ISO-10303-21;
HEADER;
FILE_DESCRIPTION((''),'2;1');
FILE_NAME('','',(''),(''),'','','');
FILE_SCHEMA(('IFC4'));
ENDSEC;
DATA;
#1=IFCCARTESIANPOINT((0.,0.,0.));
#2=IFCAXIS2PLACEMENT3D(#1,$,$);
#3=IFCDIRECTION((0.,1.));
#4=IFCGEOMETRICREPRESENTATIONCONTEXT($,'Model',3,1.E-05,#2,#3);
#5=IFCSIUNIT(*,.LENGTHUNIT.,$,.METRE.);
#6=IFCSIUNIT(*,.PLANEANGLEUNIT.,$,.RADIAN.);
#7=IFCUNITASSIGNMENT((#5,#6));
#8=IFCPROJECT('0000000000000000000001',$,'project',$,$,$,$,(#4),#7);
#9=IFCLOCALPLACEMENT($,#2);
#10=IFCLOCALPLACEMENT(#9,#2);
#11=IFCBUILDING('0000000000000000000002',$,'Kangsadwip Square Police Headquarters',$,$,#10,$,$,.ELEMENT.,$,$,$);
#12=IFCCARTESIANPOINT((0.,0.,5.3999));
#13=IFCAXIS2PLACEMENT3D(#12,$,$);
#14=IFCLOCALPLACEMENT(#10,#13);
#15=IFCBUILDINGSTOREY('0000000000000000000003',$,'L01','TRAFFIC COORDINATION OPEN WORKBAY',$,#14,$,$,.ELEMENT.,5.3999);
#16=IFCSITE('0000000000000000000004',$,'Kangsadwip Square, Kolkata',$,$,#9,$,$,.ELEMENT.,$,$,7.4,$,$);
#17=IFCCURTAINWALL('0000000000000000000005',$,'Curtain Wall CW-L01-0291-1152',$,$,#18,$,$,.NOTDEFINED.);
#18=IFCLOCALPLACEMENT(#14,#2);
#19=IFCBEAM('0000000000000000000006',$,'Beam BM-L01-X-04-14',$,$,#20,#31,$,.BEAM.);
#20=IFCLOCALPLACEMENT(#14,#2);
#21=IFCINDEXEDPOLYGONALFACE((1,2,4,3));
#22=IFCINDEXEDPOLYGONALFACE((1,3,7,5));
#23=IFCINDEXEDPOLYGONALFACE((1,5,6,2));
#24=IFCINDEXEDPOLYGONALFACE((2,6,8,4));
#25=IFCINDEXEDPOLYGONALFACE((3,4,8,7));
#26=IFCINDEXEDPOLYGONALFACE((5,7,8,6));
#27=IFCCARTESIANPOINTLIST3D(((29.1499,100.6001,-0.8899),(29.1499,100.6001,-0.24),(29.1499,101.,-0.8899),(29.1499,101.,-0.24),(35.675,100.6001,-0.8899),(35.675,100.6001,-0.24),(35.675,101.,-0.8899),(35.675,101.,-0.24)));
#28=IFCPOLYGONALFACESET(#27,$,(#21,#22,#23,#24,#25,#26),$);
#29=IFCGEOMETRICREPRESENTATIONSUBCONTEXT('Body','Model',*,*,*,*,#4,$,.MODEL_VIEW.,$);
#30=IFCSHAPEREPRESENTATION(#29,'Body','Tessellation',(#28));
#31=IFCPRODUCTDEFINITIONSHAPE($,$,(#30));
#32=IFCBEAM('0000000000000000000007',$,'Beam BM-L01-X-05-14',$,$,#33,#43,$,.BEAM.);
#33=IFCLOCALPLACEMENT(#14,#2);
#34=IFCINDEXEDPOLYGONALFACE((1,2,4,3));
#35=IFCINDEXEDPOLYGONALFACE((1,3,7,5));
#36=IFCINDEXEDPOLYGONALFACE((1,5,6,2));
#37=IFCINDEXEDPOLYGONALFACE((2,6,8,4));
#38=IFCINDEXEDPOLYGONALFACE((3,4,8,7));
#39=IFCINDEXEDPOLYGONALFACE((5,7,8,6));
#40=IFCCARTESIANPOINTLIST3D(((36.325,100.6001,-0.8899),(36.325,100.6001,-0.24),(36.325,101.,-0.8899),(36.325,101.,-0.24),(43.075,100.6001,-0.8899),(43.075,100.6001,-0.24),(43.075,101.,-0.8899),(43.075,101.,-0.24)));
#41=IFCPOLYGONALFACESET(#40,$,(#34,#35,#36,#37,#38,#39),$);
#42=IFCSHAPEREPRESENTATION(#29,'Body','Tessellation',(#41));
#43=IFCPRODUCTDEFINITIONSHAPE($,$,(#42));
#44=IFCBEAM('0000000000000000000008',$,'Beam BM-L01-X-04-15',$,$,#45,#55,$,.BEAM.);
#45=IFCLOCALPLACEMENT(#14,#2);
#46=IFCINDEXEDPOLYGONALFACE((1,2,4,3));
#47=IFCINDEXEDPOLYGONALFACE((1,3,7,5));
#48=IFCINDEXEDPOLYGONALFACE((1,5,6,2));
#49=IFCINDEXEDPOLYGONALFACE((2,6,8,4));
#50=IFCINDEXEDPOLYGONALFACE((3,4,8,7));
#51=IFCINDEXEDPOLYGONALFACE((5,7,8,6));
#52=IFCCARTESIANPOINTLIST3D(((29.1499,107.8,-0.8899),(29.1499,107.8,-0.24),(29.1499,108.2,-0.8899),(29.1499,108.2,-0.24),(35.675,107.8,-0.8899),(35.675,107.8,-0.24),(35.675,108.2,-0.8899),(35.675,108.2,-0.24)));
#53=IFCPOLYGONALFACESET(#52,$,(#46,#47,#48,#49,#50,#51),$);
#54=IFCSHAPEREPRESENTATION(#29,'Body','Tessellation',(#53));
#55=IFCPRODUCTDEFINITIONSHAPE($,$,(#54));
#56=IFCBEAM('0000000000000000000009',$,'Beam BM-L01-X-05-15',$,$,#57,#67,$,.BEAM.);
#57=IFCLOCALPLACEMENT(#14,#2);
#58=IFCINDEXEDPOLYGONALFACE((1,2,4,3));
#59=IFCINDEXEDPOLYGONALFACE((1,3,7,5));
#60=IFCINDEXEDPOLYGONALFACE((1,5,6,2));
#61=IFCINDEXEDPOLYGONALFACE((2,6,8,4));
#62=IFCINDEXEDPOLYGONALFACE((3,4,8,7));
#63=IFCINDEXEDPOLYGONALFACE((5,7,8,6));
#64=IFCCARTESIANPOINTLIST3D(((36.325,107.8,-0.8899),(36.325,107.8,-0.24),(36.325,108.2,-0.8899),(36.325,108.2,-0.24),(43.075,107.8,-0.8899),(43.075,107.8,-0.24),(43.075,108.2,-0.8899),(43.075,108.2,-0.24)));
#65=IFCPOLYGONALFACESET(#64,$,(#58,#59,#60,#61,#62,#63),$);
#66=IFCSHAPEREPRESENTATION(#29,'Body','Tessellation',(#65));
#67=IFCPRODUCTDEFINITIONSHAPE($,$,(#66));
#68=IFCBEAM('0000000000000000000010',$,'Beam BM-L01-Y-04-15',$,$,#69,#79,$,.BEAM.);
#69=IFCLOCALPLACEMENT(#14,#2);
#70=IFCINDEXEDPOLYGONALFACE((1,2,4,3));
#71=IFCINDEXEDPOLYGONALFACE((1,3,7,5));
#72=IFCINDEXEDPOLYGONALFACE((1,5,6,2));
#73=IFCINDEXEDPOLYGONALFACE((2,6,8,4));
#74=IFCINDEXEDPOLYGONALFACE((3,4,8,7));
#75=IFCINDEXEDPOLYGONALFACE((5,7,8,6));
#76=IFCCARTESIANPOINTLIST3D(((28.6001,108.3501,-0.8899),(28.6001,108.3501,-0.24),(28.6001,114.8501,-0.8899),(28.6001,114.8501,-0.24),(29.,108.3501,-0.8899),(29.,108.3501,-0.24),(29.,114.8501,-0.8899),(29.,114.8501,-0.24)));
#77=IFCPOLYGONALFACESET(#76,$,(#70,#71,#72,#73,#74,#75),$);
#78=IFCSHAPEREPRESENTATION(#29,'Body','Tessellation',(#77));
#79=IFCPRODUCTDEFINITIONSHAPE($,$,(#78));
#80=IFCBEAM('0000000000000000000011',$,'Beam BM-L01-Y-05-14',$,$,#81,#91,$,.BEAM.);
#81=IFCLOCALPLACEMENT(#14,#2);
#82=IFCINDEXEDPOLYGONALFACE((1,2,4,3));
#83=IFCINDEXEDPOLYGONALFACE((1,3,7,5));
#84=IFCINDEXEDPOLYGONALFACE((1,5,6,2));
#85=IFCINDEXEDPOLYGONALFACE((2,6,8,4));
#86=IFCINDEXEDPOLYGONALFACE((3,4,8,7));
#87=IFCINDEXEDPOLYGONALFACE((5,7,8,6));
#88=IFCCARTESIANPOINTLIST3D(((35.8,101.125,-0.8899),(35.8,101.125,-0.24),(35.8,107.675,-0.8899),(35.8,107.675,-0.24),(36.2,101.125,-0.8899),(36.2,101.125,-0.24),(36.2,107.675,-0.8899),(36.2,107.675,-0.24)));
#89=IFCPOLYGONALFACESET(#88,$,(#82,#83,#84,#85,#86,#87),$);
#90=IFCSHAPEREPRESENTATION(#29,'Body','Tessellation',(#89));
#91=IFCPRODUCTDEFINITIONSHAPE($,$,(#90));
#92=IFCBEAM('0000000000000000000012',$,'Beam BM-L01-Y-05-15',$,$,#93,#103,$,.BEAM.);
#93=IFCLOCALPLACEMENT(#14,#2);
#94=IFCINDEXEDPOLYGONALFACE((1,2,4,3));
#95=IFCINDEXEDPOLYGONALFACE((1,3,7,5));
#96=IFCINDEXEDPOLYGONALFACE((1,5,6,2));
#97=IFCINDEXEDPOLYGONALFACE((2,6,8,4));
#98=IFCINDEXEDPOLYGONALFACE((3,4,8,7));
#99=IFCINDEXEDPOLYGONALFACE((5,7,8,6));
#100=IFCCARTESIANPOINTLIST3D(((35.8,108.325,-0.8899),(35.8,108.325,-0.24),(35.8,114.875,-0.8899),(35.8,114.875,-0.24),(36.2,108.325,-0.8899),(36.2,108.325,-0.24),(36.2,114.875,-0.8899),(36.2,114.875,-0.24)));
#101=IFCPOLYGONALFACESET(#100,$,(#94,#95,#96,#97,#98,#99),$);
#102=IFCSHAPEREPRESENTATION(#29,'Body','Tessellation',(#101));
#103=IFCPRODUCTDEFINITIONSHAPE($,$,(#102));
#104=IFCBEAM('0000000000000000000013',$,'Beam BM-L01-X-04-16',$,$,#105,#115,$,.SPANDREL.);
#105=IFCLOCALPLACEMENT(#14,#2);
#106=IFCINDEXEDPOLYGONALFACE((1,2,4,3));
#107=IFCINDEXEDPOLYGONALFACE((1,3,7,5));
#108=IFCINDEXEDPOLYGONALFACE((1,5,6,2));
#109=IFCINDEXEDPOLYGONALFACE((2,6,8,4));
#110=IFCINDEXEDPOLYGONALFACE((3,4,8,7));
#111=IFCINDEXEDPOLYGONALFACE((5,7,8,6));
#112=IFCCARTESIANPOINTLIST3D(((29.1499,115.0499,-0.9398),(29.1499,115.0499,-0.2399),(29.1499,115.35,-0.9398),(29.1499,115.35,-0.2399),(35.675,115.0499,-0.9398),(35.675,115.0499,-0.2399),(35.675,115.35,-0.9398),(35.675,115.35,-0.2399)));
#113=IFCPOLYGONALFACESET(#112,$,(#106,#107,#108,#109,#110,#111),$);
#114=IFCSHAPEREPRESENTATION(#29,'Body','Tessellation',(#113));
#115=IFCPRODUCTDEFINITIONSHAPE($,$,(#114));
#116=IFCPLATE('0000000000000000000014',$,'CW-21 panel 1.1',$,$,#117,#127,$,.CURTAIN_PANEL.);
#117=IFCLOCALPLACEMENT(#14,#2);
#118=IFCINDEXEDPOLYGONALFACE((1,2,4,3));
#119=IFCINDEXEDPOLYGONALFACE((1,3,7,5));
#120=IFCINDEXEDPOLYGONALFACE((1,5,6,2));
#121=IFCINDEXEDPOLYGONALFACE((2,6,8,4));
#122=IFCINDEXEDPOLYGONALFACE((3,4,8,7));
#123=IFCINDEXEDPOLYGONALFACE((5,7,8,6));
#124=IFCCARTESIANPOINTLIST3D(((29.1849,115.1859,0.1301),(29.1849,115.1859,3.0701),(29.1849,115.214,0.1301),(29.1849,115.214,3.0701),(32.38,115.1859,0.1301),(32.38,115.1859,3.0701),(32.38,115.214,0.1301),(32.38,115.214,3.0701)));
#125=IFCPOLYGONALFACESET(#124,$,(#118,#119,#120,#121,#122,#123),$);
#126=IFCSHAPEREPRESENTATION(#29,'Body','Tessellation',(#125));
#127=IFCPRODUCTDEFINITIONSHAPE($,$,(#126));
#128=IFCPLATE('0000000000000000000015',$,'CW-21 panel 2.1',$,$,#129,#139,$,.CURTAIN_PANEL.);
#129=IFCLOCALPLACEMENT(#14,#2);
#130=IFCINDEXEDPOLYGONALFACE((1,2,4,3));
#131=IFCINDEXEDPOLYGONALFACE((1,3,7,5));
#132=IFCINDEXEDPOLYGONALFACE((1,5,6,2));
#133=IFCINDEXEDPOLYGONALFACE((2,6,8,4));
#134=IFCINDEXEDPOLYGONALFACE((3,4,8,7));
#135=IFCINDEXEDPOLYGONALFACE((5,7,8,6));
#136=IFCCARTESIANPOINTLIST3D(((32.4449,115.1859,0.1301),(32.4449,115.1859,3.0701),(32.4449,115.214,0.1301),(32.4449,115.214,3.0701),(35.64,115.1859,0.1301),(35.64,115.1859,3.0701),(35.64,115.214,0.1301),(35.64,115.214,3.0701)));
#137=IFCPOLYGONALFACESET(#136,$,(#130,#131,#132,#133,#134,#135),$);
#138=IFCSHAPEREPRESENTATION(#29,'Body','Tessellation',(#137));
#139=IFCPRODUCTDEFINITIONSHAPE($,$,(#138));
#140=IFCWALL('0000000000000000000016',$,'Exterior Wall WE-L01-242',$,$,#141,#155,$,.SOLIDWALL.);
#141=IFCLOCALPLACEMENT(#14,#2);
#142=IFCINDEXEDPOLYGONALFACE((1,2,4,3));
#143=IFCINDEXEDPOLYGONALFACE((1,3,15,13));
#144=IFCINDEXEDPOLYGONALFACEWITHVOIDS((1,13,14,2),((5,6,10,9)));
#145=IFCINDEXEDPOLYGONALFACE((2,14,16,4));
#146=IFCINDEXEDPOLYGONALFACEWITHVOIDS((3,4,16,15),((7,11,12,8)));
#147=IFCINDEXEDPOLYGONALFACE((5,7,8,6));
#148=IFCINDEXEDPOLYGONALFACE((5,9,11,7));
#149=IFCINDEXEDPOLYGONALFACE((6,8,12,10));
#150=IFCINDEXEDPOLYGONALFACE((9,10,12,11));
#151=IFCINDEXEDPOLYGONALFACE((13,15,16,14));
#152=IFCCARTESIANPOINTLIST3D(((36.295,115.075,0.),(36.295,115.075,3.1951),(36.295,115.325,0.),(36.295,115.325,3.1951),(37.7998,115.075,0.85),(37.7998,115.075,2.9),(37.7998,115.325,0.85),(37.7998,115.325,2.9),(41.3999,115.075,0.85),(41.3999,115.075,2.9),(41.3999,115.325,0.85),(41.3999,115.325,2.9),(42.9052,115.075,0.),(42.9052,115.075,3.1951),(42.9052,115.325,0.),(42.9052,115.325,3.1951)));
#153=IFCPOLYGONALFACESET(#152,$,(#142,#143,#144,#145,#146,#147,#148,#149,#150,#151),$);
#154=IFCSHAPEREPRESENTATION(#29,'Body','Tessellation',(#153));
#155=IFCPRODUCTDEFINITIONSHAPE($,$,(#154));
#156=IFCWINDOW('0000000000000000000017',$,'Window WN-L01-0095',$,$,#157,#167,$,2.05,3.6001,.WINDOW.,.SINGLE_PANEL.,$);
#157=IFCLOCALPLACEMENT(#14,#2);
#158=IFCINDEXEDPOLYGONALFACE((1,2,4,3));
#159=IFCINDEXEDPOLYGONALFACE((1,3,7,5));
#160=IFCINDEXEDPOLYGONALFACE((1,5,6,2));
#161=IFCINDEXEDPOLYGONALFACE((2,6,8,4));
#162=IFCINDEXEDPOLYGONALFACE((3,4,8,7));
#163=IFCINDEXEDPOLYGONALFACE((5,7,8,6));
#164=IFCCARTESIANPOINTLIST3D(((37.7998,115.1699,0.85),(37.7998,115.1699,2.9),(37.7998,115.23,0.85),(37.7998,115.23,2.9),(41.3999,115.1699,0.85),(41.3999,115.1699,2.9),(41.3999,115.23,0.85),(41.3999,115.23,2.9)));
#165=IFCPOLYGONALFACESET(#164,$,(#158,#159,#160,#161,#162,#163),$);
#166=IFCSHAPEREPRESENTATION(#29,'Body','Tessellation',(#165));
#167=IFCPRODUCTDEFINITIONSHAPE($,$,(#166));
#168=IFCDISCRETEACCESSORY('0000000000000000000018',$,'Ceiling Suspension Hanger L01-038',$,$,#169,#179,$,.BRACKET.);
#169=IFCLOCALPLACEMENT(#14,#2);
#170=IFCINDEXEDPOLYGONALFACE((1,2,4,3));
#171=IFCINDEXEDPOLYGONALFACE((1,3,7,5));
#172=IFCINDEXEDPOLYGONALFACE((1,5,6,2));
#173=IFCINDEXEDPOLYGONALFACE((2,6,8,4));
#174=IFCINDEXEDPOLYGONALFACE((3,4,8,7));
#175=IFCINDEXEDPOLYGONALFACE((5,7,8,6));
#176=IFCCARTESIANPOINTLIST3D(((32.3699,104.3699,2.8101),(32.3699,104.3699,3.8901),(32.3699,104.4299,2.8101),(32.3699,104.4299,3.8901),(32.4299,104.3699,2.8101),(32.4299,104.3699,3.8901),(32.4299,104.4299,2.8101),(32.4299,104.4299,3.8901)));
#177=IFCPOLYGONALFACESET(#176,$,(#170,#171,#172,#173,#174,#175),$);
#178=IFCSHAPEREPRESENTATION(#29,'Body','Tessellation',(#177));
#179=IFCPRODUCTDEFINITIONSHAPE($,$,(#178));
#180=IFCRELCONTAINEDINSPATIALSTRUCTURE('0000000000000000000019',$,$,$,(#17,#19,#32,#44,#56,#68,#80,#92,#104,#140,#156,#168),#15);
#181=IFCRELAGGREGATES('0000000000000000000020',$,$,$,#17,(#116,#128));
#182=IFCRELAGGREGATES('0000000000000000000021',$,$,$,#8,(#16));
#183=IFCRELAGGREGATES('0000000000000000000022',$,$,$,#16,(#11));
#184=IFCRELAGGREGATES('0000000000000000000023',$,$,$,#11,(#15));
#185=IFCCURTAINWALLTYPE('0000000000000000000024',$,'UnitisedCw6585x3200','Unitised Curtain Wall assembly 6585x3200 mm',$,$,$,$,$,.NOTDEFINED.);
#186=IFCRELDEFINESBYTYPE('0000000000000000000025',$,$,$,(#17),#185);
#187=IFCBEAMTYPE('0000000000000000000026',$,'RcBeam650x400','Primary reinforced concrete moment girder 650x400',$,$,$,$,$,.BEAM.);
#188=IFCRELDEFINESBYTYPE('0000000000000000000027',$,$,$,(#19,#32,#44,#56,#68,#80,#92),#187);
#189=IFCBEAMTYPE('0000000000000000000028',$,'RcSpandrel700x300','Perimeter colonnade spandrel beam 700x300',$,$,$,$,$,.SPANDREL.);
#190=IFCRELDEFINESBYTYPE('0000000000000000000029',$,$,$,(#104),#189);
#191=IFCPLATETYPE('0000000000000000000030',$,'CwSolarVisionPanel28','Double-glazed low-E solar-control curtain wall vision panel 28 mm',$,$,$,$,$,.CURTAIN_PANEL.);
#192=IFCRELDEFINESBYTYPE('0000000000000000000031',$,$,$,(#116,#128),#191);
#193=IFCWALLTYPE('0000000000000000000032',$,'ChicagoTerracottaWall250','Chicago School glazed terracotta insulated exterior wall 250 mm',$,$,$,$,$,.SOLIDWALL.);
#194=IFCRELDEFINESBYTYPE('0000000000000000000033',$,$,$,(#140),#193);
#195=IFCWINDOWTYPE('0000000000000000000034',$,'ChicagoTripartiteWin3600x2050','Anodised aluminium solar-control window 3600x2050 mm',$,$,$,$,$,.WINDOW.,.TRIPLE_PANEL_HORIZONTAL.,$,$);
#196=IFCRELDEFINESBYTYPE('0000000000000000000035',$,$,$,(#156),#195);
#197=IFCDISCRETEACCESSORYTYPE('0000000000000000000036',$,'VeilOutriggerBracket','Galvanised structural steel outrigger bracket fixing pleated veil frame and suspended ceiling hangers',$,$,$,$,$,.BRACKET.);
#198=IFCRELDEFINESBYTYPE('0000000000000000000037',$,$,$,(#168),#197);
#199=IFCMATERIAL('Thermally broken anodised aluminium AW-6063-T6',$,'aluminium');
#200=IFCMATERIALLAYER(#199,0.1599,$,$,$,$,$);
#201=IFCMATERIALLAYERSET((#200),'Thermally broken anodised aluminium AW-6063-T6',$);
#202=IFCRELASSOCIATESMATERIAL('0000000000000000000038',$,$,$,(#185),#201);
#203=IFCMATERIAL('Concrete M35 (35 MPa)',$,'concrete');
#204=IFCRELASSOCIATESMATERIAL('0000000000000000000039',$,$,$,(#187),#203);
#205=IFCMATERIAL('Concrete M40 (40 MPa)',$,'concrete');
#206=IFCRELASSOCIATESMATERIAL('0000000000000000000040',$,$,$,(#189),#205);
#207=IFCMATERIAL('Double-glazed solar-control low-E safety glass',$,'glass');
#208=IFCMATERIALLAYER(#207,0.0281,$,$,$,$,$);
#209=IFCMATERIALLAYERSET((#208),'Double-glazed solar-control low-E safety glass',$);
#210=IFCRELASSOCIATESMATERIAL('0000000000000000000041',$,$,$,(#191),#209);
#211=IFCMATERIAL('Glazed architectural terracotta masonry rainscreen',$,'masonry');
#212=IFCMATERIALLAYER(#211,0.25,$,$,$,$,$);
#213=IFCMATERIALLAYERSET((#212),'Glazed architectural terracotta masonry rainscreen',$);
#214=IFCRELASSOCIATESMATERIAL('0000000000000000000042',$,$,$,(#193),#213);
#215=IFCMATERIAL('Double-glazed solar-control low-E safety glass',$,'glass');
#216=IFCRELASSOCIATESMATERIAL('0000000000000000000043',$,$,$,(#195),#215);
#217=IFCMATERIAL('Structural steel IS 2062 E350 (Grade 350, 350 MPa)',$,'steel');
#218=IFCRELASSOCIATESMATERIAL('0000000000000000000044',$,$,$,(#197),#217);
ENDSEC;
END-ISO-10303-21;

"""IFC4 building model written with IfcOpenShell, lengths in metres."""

from ifc_helpers import new_model, si_unit, direction, frame, frame_2d, origin, origin_2d, place, context, subcontext, project, spatial, rectangle, extrude, material, layer, layer_set, material_profile, profile_set, type_object, element, fill, aggregate, save


model = new_model("IFC4")

# Units and contexts
model_context = context("Model", 3, precision=1e-05, world=origin(), true_north=direction((0.0, 1.0)))
body_context = subcontext(model_context, "Body", "Model", "MODEL_VIEW")
ifc_project = project(units=[si_unit("LENGTHUNIT", "METRE"), si_unit("PLANEANGLEUNIT", "RADIAN")], contexts=[model_context])

# Site, building, storey
site_placement = place(None, origin())
site = spatial("IfcSite", under=ifc_project, at=site_placement, Name="Kangsadwip Square, Kolkata", CompositionType="ELEMENT", RefElevation=7.4)
building_placement = place(site_placement, origin())
building = spatial("IfcBuilding", under=site, at=building_placement, Name="Kangsadwip Square Police Headquarters", CompositionType="ELEMENT")
storey_placement = place(building_placement, frame((0.0, 0.0, 5.3999)))
storey = spatial("IfcBuildingStorey", under=building, at=storey_placement, Name="L01", Description="TRAFFIC COORDINATION OPEN WORKBAY", CompositionType="ELEMENT", Elevation=5.3999)

# Curtain wall
ifc_material_1 = material(Name="Thermally broken anodised aluminium AW-6063-T6", Category="aluminium")
ifc_layer_1 = layer(ifc_material_1, 0.1599)
ifc_layer_set_1 = layer_set([ifc_layer_1], Name="Thermally broken anodised aluminium AW-6063-T6")
curtain_wall_type = type_object("IfcCurtainWallType", Name="UnitisedCw6585x3200", Description="Unitised Curtain Wall assembly 6585x3200 mm", PredefinedType="NOTDEFINED", material=ifc_layer_set_1)
curtain_wall_placement = place(storey_placement, origin())
curtain_wall = element("IfcCurtainWall", 1, at=curtain_wall_placement, inside=storey, type_object=curtain_wall_type, Name="Curtain Wall CW-L01-0291-1152", PredefinedType="NOTDEFINED")

# Beams
ifc_material_2 = material(Name="Concrete M35 (35 MPa)", Category="concrete")
ifc_material_profile_1 = material_profile(ifc_material_2, rectangle(XDim=0.3999, YDim=0.6499, at=origin_2d()), Name="RC BM 650X400")
ifc_profile_set_1 = profile_set([ifc_material_profile_1], Name="Concrete M35 (35 MPa)")
beam_type_1 = type_object("IfcBeamType", Name="RcBeam650x400", Description="Primary reinforced concrete moment girder 650x400", PredefinedType="BEAM", material=ifc_profile_set_1)
beam_1_placement = place(storey_placement, frame((29.1499, 100.8, -0.5649), z_axis=(1.0, 0.0, 0.0), x_axis=(0.0, 1.0, 0.0)))
element("IfcBeam", 2, at=beam_1_placement, inside=storey, type_object=beam_type_1, Name="Beam BM-L01-X-04-14", PredefinedType="BEAM", context=body_context, shape_type="SweptSolid", body=[
    extrude(rectangle(XDim=0.3999, YDim=0.6499, at=origin_2d()), origin(), (0.0, 0.0, 1.0), 6.5251),
])
beam_2_placement = place(storey_placement, frame((36.325, 100.8, -0.5649), z_axis=(1.0, 0.0, 0.0), x_axis=(0.0, 1.0, 0.0)))
element("IfcBeam", 3, at=beam_2_placement, inside=storey, type_object=beam_type_1, Name="Beam BM-L01-X-05-14", PredefinedType="BEAM", context=body_context, shape_type="SweptSolid", body=[
    extrude(rectangle(XDim=0.3999, YDim=0.6499, at=origin_2d()), origin(), (0.0, 0.0, 1.0), 6.75),
])
beam_3_placement = place(storey_placement, frame((29.1499, 108.0, -0.5649), z_axis=(1.0, 0.0, 0.0), x_axis=(0.0, 1.0, 0.0)))
element("IfcBeam", 4, at=beam_3_placement, inside=storey, type_object=beam_type_1, Name="Beam BM-L01-X-04-15", PredefinedType="BEAM", context=body_context, shape_type="SweptSolid", body=[
    extrude(rectangle(XDim=0.3999, YDim=0.6499, at=origin_2d()), origin(), (0.0, 0.0, 1.0), 6.5251),
])
beam_4_placement = place(storey_placement, frame((36.325, 108.0, -0.5649), z_axis=(1.0, 0.0, 0.0), x_axis=(0.0, 1.0, 0.0)))
element("IfcBeam", 5, at=beam_4_placement, inside=storey, type_object=beam_type_1, Name="Beam BM-L01-X-05-15", PredefinedType="BEAM", context=body_context, shape_type="SweptSolid", body=[
    extrude(rectangle(XDim=0.3999, YDim=0.6499, at=origin_2d()), origin(), (0.0, 0.0, 1.0), 6.75),
])
beam_5_placement = place(storey_placement, frame((28.8, 108.3501, -0.5649), z_axis=(0.0, 1.0, 0.0), x_axis=(-1.0, 0.0, 0.0)))
element("IfcBeam", 6, at=beam_5_placement, inside=storey, type_object=beam_type_1, Name="Beam BM-L01-Y-04-15", PredefinedType="BEAM", context=body_context, shape_type="SweptSolid", body=[
    extrude(rectangle(XDim=0.3999, YDim=0.6499, at=origin_2d()), origin(), (0.0, 0.0, 1.0), 6.5),
])
for number, where, z_axis, x_axis, name in (
    (7, (36.0, 101.125, -0.5649), (0.0, 1.0, 0.0), (-1.0, 0.0, 0.0), "Beam BM-L01-Y-05-14"),
    (8, (36.0, 108.325, -0.5649), (0.0, 1.0, 0.0), (-1.0, 0.0, 0.0), "Beam BM-L01-Y-05-15"),
):
    element("IfcBeam", number, at=place(storey_placement, frame(where, z_axis=z_axis, x_axis=x_axis)), inside=storey, type_object=beam_type_1, Name=name, PredefinedType="BEAM", context=body_context, shape_type="SweptSolid", body=[
        extrude(rectangle(XDim=0.3999, YDim=0.6499, at=origin_2d()), origin(), (0.0, 0.0, 1.0), 6.55),
    ])
ifc_material_3 = material(Name="Concrete M40 (40 MPa)", Category="concrete")
ifc_material_profile_2 = material_profile(ifc_material_3, rectangle(XDim=0.3, YDim=0.7, at=origin_2d()), Name="RC SPN 700X300")
ifc_profile_set_2 = profile_set([ifc_material_profile_2], Name="Concrete M40 (40 MPa)")
beam_type_2 = type_object("IfcBeamType", Name="RcSpandrel700x300", Description="Perimeter colonnade spandrel beam 700x300", PredefinedType="SPANDREL", material=ifc_profile_set_2)
beam_6_placement = place(storey_placement, frame((29.1499, 115.2, -0.5898), z_axis=(1.0, 0.0, 0.0), x_axis=(0.0, 1.0, 0.0)))
element("IfcBeam", 9, at=beam_6_placement, inside=storey, type_object=beam_type_2, Name="Beam BM-L01-X-04-16", PredefinedType="SPANDREL", context=body_context, shape_type="SweptSolid", body=[
    extrude(rectangle(XDim=0.3, YDim=0.7, at=origin_2d()), origin(), (0.0, 0.0, 1.0), 6.5251),
])

# Plates
ifc_material_4 = material(Name="Double-glazed solar-control low-E safety glass", Category="glass")
ifc_layer_2 = layer(ifc_material_4, 0.0281)
ifc_layer_set_2 = layer_set([ifc_layer_2], Name="Double-glazed solar-control low-E safety glass")
plate_type = type_object("IfcPlateType", Name="CwSolarVisionPanel28", Description="Double-glazed low-E solar-control curtain wall vision panel 28 mm", PredefinedType="CURTAIN_PANEL", material=ifc_layer_set_2)
plate_1_placement = place(storey_placement, frame((30.7825, 115.2, 0.1301), z_axis=(0.0, 0.0, 1.0), x_axis=(1.0, 0.0, 0.0)))
plate_1 = element("IfcPlate", 10, at=plate_1_placement, type_object=plate_type, Name="CW-21 panel 1.1", PredefinedType="CURTAIN_PANEL", context=body_context, shape_type="SweptSolid", body=[
    extrude(rectangle(XDim=3.1951, YDim=0.0281, at=origin_2d()), origin(), (0.0, 0.0, 1.0), 2.9399),
])
plate_2_placement = place(storey_placement, frame((34.0425, 115.2, 0.1301), z_axis=(0.0, 0.0, 1.0), x_axis=(1.0, 0.0, 0.0)))
plate_2 = element("IfcPlate", 11, at=plate_2_placement, type_object=plate_type, Name="CW-21 panel 2.1", PredefinedType="CURTAIN_PANEL", context=body_context, shape_type="SweptSolid", body=[
    extrude(rectangle(XDim=3.1951, YDim=0.0281, at=origin_2d()), origin(), (0.0, 0.0, 1.0), 2.9399),
])
aggregate(curtain_wall, [plate_1, plate_2])

# Wall, opening, window
ifc_material_5 = material(Name="Glazed architectural terracotta masonry rainscreen", Category="masonry")
ifc_layer_3 = layer(ifc_material_5, 0.25)
ifc_layer_set_3 = layer_set([ifc_layer_3], Name="Glazed architectural terracotta masonry rainscreen")
wall_type = type_object("IfcWallType", Name="ChicagoTerracottaWall250", Description="Chicago School glazed terracotta insulated exterior wall 250 mm", PredefinedType="SOLIDWALL", material=ifc_layer_set_3)
wall_placement = place(storey_placement, frame((36.2949, 115.2, 0.0), z_axis=(0.0, 0.0, 1.0), x_axis=(1.0, 0.0, 0.0)))
wall = element("IfcWall", 12, at=wall_placement, inside=storey, type_object=wall_type, Name="Exterior Wall WE-L01-242", PredefinedType="SOLIDWALL", context=body_context, shape_type="SweptSolid", body=[
    extrude(rectangle(XDim=6.6101, YDim=0.25, at=frame_2d((3.3052, 0.0))), origin(), (0.0, 0.0, 1.0), 3.1951),
])
opening_placement = place(wall_placement, frame((1.5049, 0.0, 0.8501)))
opening = element("IfcOpeningElement", 13, at=opening_placement, cuts=wall, PredefinedType="OPENING", context=body_context, shape_type="SweptSolid", body=[
    extrude(rectangle(XDim=3.6001, YDim=2.05, at=frame_2d((1.8, 1.0249))), frame((0.0, 0.135, 0.0), z_axis=(0.0, -1.0, 0.0), x_axis=(1.0, 0.0, 0.0)), (0.0, 0.0, 1.0), 0.27),
])
ifc_material_6 = material(Name="Double-glazed solar-control low-E safety glass", Category="glass")
window_type = type_object("IfcWindowType", Name="ChicagoTripartiteWin3600x2050", Description="Anodised aluminium solar-control window 3600x2050 mm", PartitioningType="TRIPLE_PANEL_HORIZONTAL", PredefinedType="WINDOW", material=ifc_material_6)
window_placement = place(opening_placement, origin())
window = element("IfcWindow", 14, at=window_placement, inside=storey, type_object=window_type, Name="Window WN-L01-0095", OverallHeight=2.05, OverallWidth=3.6001, PartitioningType="SINGLE_PANEL", PredefinedType="WINDOW", context=body_context, shape_type="SweptSolid", body=[
    extrude(rectangle(XDim=3.6001, YDim=2.05, at=frame_2d((1.8, 1.0249))), frame((0.0, 0.03, 0.0), z_axis=(0.0, -1.0, 0.0), x_axis=(1.0, 0.0, 0.0)), (0.0, 0.0, 1.0), 0.0601),
])
fill(opening, window)

# Discrete accessory
ifc_material_7 = material(Name="Structural steel IS 2062 E350 (Grade 350, 350 MPa)", Category="steel")
discrete_accessory_type = type_object("IfcDiscreteAccessoryType", Name="VeilOutriggerBracket", Description="Galvanised structural steel outrigger bracket fixing pleated veil frame and suspended ceiling hangers", PredefinedType="BRACKET", material=ifc_material_7)
discrete_accessory_placement = place(storey_placement, frame((32.3999, 104.3999, 2.8101), z_axis=(0.0, 0.0, 1.0), x_axis=(1.0, 0.0, 0.0)))
element("IfcDiscreteAccessory", 15, at=discrete_accessory_placement, inside=storey, type_object=discrete_accessory_type, Name="Ceiling Suspension Hanger L01-038", PredefinedType="BRACKET", context=body_context, shape_type="SweptSolid", body=[
    extrude(rectangle(XDim=0.0601, YDim=0.0601, at=origin_2d()), origin(), (0.0, 0.0, 1.0), 1.0801),
])

save(model, "model.ifc")
